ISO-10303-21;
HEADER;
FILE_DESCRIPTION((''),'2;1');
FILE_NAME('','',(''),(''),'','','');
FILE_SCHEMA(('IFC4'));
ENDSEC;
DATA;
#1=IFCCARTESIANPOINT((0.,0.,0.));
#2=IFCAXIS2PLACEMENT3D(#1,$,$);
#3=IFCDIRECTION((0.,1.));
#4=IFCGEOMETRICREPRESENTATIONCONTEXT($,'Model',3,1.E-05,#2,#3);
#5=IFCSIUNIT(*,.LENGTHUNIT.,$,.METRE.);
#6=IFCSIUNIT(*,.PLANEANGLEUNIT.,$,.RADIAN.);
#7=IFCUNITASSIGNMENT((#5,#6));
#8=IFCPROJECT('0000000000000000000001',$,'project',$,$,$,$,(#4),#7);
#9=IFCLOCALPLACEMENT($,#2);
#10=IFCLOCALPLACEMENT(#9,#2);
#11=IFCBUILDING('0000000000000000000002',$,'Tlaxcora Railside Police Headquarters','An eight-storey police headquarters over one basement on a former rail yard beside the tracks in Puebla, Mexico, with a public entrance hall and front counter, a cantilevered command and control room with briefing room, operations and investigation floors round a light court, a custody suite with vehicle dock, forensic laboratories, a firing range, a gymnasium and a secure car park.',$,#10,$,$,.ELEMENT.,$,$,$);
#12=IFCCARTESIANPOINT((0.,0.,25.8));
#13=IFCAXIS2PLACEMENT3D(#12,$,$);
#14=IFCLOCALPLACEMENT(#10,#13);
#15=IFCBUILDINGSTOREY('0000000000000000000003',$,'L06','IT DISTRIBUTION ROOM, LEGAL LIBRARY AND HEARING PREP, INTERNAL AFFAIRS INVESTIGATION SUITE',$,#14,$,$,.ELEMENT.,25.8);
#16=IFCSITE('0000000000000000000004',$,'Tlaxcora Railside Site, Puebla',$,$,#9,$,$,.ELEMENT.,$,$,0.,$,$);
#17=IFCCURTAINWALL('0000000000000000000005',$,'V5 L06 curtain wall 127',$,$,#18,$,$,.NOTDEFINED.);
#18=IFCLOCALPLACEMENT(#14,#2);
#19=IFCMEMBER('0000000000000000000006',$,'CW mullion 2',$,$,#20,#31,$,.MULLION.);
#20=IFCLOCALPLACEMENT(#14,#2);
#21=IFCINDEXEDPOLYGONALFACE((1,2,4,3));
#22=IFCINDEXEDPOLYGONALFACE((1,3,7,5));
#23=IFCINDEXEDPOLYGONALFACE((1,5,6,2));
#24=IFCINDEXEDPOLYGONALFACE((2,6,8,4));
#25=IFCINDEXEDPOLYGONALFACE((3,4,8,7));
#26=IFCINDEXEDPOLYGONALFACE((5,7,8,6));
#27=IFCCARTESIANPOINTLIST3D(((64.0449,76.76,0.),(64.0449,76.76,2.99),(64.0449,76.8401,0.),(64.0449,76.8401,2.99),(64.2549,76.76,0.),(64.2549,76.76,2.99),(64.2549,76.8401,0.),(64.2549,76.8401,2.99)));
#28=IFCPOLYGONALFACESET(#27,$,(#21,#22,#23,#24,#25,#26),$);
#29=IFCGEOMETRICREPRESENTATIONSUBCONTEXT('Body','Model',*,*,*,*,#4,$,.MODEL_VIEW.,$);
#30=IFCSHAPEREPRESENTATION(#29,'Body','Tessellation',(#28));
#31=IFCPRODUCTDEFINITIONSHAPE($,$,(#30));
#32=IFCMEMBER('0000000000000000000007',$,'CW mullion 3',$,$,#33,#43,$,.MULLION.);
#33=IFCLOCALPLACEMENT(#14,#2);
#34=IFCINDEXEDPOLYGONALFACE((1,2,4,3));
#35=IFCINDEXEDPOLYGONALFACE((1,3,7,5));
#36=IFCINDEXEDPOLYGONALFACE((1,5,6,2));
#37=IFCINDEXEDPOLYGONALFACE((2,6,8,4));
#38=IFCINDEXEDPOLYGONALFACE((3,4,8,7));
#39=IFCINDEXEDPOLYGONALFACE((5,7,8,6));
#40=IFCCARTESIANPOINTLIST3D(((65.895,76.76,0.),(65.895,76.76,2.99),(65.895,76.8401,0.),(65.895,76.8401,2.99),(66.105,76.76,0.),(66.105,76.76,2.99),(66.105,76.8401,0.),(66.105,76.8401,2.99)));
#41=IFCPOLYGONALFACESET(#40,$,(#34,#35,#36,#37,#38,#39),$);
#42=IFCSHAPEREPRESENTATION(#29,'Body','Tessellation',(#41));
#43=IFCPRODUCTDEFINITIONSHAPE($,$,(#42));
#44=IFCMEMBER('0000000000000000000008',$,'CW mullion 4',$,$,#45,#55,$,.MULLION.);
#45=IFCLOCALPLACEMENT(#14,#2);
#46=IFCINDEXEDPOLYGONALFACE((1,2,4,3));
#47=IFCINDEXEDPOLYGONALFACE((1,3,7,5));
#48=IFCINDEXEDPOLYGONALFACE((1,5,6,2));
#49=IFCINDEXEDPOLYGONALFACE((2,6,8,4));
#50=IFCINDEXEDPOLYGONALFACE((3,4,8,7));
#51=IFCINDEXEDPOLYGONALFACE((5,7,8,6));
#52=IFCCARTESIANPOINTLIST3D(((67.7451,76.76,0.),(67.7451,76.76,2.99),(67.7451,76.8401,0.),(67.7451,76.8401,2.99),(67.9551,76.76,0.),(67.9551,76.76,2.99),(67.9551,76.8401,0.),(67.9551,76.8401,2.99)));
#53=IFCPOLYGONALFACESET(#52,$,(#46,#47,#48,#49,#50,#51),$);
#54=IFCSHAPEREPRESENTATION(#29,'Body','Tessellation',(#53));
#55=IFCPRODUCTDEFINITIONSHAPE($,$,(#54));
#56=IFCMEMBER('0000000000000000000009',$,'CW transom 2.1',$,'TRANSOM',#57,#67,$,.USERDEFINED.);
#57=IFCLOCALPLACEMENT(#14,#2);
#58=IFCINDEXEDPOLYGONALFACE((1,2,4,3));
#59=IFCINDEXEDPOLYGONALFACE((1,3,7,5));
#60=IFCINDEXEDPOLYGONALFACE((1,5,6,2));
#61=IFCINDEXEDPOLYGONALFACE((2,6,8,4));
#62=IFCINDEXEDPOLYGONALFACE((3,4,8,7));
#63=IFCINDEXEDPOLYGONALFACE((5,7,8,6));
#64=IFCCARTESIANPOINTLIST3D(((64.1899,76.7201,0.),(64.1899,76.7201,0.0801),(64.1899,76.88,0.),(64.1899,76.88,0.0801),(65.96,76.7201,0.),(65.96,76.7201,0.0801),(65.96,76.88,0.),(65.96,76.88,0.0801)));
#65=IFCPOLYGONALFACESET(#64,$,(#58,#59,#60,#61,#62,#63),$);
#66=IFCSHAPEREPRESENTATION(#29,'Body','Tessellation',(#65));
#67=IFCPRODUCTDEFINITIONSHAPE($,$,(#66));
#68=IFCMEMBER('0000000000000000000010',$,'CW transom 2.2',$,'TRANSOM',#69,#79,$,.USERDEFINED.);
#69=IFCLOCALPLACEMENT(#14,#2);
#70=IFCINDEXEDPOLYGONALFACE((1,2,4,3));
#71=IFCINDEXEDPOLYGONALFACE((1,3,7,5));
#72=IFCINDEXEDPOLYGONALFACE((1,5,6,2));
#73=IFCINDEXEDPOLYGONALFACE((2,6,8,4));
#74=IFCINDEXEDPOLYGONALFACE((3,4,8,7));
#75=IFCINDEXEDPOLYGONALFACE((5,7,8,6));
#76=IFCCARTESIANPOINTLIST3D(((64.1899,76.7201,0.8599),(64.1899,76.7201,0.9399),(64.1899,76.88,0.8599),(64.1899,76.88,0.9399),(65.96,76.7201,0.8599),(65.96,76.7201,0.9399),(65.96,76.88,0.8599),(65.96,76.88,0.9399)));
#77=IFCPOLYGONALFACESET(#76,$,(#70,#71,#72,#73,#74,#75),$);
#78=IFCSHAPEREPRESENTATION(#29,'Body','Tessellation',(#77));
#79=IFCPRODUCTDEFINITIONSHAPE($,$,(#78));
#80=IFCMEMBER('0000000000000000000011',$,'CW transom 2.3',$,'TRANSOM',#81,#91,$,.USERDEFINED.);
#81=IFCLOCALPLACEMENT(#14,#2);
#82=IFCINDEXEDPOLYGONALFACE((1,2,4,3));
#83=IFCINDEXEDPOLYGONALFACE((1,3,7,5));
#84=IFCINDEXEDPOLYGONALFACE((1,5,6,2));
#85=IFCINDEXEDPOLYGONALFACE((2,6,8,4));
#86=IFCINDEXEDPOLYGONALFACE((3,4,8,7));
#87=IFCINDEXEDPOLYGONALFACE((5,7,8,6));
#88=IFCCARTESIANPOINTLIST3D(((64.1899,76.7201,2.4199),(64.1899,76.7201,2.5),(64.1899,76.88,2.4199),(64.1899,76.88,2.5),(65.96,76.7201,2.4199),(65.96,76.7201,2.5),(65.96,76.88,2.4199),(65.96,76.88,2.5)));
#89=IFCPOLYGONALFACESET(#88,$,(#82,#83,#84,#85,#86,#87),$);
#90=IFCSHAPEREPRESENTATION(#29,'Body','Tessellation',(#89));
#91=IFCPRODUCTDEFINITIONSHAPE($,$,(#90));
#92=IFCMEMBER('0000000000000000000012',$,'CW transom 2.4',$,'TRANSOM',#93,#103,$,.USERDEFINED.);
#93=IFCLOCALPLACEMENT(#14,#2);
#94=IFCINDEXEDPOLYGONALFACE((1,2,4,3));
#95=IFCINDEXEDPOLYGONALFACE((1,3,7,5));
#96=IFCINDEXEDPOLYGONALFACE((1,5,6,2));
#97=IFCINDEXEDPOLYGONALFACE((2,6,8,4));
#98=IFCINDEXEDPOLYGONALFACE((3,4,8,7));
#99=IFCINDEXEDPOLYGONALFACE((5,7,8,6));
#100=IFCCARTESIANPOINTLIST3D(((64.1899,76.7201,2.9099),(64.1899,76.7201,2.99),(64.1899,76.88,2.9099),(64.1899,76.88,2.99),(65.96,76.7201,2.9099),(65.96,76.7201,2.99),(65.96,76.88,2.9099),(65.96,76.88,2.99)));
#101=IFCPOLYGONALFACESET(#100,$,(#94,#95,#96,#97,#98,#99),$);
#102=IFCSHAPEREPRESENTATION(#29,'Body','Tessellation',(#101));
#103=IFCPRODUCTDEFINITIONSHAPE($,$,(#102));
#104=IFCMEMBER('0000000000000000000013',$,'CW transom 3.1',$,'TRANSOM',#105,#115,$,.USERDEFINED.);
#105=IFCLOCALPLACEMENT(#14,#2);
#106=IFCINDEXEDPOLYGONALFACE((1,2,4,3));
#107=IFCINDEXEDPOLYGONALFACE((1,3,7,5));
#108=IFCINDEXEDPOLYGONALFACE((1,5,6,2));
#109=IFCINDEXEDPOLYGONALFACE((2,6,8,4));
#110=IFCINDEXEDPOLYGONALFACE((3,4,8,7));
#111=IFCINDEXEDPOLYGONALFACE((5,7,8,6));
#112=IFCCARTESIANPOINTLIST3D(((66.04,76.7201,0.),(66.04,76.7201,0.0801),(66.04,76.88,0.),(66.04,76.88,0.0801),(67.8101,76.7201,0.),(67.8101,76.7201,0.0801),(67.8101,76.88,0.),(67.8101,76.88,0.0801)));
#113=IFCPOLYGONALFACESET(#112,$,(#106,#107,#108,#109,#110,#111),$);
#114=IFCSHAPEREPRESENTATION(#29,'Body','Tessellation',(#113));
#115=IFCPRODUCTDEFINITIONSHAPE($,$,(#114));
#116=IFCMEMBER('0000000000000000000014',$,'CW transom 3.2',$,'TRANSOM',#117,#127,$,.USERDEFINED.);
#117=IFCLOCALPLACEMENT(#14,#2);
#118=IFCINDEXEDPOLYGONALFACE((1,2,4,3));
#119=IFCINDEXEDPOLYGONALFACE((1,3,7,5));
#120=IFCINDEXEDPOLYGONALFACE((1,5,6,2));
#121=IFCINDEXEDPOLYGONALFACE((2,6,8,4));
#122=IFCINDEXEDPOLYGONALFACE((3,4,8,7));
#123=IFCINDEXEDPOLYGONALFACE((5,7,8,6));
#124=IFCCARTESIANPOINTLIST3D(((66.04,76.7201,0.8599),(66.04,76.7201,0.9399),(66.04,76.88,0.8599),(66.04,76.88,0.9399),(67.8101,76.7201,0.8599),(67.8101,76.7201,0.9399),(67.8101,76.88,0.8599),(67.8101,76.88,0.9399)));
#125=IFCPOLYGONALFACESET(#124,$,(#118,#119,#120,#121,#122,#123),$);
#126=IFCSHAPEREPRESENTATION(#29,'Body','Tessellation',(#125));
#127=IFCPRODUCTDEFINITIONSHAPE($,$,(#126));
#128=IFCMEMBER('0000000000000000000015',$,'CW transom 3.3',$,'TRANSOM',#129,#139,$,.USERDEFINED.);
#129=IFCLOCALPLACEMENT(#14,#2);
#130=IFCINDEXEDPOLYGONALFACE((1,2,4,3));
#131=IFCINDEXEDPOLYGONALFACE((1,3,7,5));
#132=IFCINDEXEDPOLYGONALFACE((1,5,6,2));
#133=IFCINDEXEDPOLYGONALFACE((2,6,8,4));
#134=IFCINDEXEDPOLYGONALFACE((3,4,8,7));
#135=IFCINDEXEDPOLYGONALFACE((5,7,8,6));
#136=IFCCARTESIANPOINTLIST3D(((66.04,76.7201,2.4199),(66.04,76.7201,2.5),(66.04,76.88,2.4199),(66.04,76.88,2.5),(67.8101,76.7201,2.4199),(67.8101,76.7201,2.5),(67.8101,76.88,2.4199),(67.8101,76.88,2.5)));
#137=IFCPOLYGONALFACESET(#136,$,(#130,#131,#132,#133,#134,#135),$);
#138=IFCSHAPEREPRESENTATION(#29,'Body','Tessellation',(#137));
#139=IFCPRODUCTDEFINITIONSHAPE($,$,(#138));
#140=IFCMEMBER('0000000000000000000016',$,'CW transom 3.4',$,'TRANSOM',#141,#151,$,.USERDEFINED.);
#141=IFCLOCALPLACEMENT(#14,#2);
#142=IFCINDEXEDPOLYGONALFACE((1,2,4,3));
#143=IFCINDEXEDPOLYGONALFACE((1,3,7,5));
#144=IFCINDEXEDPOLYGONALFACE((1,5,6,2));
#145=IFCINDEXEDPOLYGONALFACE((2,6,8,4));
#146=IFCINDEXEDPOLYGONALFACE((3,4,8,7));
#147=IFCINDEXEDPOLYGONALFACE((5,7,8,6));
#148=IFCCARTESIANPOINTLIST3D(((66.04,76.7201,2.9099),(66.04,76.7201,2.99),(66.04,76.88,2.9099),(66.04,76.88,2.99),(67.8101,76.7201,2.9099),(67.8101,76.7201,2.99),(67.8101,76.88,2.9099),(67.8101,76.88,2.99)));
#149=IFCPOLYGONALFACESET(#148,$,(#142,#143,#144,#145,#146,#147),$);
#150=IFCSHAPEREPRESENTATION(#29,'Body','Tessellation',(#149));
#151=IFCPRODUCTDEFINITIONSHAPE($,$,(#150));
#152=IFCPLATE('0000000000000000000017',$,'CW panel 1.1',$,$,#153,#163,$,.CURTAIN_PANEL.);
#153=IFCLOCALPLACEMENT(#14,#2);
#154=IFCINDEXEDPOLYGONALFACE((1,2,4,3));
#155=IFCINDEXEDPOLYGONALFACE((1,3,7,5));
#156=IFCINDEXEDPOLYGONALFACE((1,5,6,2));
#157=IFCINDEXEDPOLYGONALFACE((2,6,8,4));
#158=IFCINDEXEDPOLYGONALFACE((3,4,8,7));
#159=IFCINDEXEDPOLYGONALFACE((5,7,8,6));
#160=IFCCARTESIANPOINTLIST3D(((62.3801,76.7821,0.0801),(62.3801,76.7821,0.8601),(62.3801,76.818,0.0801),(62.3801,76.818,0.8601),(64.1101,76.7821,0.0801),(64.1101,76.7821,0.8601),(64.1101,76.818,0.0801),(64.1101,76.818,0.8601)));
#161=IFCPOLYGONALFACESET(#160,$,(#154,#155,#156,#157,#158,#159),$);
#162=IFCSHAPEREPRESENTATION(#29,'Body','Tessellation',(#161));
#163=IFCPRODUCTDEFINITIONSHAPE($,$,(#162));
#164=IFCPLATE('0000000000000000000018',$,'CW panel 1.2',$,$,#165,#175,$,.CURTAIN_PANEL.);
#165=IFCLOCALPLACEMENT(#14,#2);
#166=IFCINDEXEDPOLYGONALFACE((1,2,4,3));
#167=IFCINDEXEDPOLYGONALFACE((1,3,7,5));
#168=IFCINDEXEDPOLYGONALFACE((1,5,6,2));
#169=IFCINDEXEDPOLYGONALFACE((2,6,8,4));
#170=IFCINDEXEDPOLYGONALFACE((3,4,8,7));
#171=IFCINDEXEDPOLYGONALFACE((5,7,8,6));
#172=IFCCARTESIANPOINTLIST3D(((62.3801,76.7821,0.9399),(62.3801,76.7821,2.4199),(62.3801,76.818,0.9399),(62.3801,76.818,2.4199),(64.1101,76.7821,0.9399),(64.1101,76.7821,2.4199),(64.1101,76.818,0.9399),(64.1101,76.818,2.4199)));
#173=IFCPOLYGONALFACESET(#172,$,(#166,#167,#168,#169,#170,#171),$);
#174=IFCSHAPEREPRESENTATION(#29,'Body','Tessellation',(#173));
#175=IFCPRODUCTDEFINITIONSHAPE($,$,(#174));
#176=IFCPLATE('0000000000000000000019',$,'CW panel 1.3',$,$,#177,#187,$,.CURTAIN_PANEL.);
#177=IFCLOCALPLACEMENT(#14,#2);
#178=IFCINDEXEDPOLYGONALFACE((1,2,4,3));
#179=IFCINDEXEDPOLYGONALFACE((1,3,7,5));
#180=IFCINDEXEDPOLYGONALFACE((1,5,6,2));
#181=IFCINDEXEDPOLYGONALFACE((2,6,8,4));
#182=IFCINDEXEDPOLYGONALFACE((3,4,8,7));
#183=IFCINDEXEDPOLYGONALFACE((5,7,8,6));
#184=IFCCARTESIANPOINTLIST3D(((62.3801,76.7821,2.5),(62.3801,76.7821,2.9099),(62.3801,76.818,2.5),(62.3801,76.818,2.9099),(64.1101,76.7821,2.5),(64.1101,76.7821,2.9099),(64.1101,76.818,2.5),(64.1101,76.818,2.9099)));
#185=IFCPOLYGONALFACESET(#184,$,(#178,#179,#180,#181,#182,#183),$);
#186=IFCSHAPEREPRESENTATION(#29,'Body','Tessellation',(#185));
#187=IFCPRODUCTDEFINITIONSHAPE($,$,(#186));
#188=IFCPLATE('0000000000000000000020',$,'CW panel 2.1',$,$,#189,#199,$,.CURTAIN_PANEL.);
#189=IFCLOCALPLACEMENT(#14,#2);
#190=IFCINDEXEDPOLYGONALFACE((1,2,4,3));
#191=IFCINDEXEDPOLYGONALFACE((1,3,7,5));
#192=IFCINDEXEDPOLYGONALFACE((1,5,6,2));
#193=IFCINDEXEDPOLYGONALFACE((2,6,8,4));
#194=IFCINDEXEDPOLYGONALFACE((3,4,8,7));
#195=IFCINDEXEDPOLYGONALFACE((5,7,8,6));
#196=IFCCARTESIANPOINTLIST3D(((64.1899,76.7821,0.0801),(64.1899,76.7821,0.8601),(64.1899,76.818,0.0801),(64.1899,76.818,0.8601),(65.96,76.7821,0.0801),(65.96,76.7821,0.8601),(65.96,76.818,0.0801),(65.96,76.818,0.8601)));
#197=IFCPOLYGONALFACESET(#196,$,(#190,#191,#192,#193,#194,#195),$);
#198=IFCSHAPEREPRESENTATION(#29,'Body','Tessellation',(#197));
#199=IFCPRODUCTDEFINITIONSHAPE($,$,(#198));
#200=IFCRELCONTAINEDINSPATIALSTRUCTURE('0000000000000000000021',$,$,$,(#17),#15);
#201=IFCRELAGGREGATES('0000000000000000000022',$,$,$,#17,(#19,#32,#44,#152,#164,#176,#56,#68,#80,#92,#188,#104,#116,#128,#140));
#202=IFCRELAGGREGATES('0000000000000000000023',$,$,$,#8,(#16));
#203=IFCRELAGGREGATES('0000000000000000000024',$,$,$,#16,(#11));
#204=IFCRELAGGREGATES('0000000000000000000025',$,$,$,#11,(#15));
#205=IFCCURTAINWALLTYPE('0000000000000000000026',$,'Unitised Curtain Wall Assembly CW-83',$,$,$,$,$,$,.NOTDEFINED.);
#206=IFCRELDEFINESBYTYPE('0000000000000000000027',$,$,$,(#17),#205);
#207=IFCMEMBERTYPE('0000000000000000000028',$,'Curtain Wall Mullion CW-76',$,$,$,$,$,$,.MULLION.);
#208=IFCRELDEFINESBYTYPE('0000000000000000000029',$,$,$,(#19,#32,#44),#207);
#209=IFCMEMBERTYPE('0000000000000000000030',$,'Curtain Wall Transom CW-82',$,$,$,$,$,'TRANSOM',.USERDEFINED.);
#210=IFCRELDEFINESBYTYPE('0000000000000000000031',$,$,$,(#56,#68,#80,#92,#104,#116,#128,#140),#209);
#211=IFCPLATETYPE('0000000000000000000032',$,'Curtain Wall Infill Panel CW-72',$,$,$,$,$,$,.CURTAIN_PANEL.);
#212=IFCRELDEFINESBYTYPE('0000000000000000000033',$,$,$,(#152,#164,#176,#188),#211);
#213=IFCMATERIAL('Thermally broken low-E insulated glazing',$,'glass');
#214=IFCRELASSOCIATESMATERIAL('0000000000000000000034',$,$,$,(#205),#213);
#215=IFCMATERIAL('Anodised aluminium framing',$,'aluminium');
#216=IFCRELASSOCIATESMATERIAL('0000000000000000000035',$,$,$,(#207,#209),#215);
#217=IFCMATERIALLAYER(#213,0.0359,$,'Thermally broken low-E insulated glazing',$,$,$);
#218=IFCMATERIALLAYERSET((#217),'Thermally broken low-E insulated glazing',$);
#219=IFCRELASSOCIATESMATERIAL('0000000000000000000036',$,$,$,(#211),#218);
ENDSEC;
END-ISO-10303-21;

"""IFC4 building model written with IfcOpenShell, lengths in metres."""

from ifc_helpers import new_model, si_unit, direction, frame, origin, origin_2d, place, context, subcontext, project, spatial, rectangle, extrude, material, layer, layer_set, material_profile, profile_set, type_object, element, aggregate, save


model = new_model("IFC4")

# Units and contexts
model_context = context("Model", 3, precision=1e-05, world=origin(), true_north=direction((0.0, 1.0)))
body_context = subcontext(model_context, "Body", "Model", "MODEL_VIEW")
ifc_project = project(units=[si_unit("LENGTHUNIT", "METRE"), si_unit("PLANEANGLEUNIT", "RADIAN")], contexts=[model_context])

# Site, building, storey
site_placement = place(None, origin())
site = spatial("IfcSite", under=ifc_project, at=site_placement, Name="Tlaxcora Railside Site, Puebla", CompositionType="ELEMENT", RefElevation=0.0)
building_placement = place(site_placement, origin())
building = spatial("IfcBuilding", under=site, at=building_placement, Name="Tlaxcora Railside Police Headquarters", Description="An eight-storey police headquarters over one basement on a former rail yard beside the tracks in Puebla, Mexico, with a public entrance hall and front counter, a cantilevered command and control room with briefing room, operations and investigation floors round a light court, a custody suite with vehicle dock, forensic laboratories, a firing range, a gymnasium and a secure car park.", CompositionType="ELEMENT")
storey_placement = place(building_placement, frame((0.0, 0.0, 25.8)))
storey = spatial("IfcBuildingStorey", under=building, at=storey_placement, Name="L06", Description="IT DISTRIBUTION ROOM, LEGAL LIBRARY AND HEARING PREP, INTERNAL AFFAIRS INVESTIGATION SUITE", CompositionType="ELEMENT", Elevation=25.8)

# Curtain wall, members, plates
ifc_material_1 = material(Name="Thermally broken low-E insulated glazing", Category="glass")
curtain_wall_type = type_object("IfcCurtainWallType", Name="Unitised Curtain Wall Assembly CW-83", PredefinedType="NOTDEFINED", material=ifc_material_1)
curtain_wall_placement = place(storey_placement, origin())
curtain_wall = element("IfcCurtainWall", 1, at=curtain_wall_placement, inside=storey, type_object=curtain_wall_type, Name="V5 L06 curtain wall 127", PredefinedType="NOTDEFINED")
ifc_material_2 = material(Name="Anodised aluminium framing", Category="aluminium")
ifc_material_profile_1 = material_profile(ifc_material_2, rectangle(XDim=0.0801, YDim=0.21, at=origin_2d()), Name="AL80X210")
ifc_profile_set_1 = profile_set([ifc_material_profile_1], Name="Anodised aluminium framing")
member_type_1 = type_object("IfcMemberType", Name="Curtain Wall Mullion CW-76", PredefinedType="MULLION", material=ifc_profile_set_1)
member_1_placement = place(storey_placement, frame((64.1499, 76.8, 0.0), z_axis=(0.0, 0.0, 1.0), x_axis=(0.0, 1.0, 0.0)))
member_1 = element("IfcMember", 2, at=member_1_placement, type_object=member_type_1, Name="CW mullion 2", PredefinedType="MULLION", context=body_context, shape_type="SweptSolid", body=[
    extrude(rectangle(XDim=0.0801, YDim=0.21, at=origin_2d()), origin(), (0.0, 0.0, 1.0), 2.99),
])
member_2_placement = place(storey_placement, frame((66.0, 76.8, 0.0), z_axis=(0.0, 0.0, 1.0), x_axis=(0.0, 1.0, 0.0)))
member_2 = element("IfcMember", 3, at=member_2_placement, type_object=member_type_1, Name="CW mullion 3", PredefinedType="MULLION", context=body_context, shape_type="SweptSolid", body=[
    extrude(rectangle(XDim=0.0801, YDim=0.21, at=origin_2d()), origin(), (0.0, 0.0, 1.0), 2.99),
])
member_3_placement = place(storey_placement, frame((67.8501, 76.8, 0.0), z_axis=(0.0, 0.0, 1.0), x_axis=(0.0, 1.0, 0.0)))
member_3 = element("IfcMember", 4, at=member_3_placement, type_object=member_type_1, Name="CW mullion 4", PredefinedType="MULLION", context=body_context, shape_type="SweptSolid", body=[
    extrude(rectangle(XDim=0.0801, YDim=0.21, at=origin_2d()), origin(), (0.0, 0.0, 1.0), 2.99),
])
ifc_material_profile_2 = material_profile(ifc_material_2, rectangle(XDim=0.1599, YDim=0.0801, at=origin_2d()), Name="AL80X160")
ifc_profile_set_2 = profile_set([ifc_material_profile_2], Name="Anodised aluminium framing")
member_type_2 = type_object("IfcMemberType", Name="Curtain Wall Transom CW-82", ElementType="TRANSOM", PredefinedType="USERDEFINED", material=ifc_profile_set_2)
member_4_placement = place(storey_placement, frame((64.1899, 76.8, 0.04), z_axis=(1.0, 0.0, 0.0), x_axis=(0.0, 1.0, 0.0)))
member_4 = element("IfcMember", 5, at=member_4_placement, type_object=member_type_2, Name="CW transom 2.1", ObjectType="TRANSOM", PredefinedType="USERDEFINED", context=body_context, shape_type="SweptSolid", body=[
    extrude(rectangle(XDim=0.1599, YDim=0.0801, at=origin_2d()), origin(), (0.0, 0.0, 1.0), 1.77),
])
member_5_placement = place(storey_placement, frame((64.1899, 76.8, 0.8999), z_axis=(1.0, 0.0, 0.0), x_axis=(0.0, 1.0, 0.0)))
member_5 = element("IfcMember", 6, at=member_5_placement, type_object=member_type_2, Name="CW transom 2.2", ObjectType="TRANSOM", PredefinedType="USERDEFINED", context=body_context, shape_type="SweptSolid", body=[
    extrude(rectangle(XDim=0.1599, YDim=0.0801, at=origin_2d()), origin(), (0.0, 0.0, 1.0), 1.77),
])
member_6_placement = place(storey_placement, frame((64.1899, 76.8, 2.46), z_axis=(1.0, 0.0, 0.0), x_axis=(0.0, 1.0, 0.0)))
member_6 = element("IfcMember", 7, at=member_6_placement, type_object=member_type_2, Name="CW transom 2.3", ObjectType="TRANSOM", PredefinedType="USERDEFINED", context=body_context, shape_type="SweptSolid", body=[
    extrude(rectangle(XDim=0.1599, YDim=0.0801, at=origin_2d()), origin(), (0.0, 0.0, 1.0), 1.77),
])
member_7_placement = place(storey_placement, frame((64.1899, 76.8, 2.95), z_axis=(1.0, 0.0, 0.0), x_axis=(0.0, 1.0, 0.0)))
member_7 = element("IfcMember", 8, at=member_7_placement, type_object=member_type_2, Name="CW transom 2.4", ObjectType="TRANSOM", PredefinedType="USERDEFINED", context=body_context, shape_type="SweptSolid", body=[
    extrude(rectangle(XDim=0.1599, YDim=0.0801, at=origin_2d()), origin(), (0.0, 0.0, 1.0), 1.77),
])
member_8_placement = place(storey_placement, frame((66.04, 76.8, 0.04), z_axis=(1.0, 0.0, 0.0), x_axis=(0.0, 1.0, 0.0)))
member_8 = element("IfcMember", 9, at=member_8_placement, type_object=member_type_2, Name="CW transom 3.1", ObjectType="TRANSOM", PredefinedType="USERDEFINED", context=body_context, shape_type="SweptSolid", body=[
    extrude(rectangle(XDim=0.1599, YDim=0.0801, at=origin_2d()), origin(), (0.0, 0.0, 1.0), 1.77),
])
member_9_placement = place(storey_placement, frame((66.04, 76.8, 0.8999), z_axis=(1.0, 0.0, 0.0), x_axis=(0.0, 1.0, 0.0)))
member_9 = element("IfcMember", 10, at=member_9_placement, type_object=member_type_2, Name="CW transom 3.2", ObjectType="TRANSOM", PredefinedType="USERDEFINED", context=body_context, shape_type="SweptSolid", body=[
    extrude(rectangle(XDim=0.1599, YDim=0.0801, at=origin_2d()), origin(), (0.0, 0.0, 1.0), 1.77),
])
member_10_placement = place(storey_placement, frame((66.04, 76.8, 2.46), z_axis=(1.0, 0.0, 0.0), x_axis=(0.0, 1.0, 0.0)))
member_10 = element("IfcMember", 11, at=member_10_placement, type_object=member_type_2, Name="CW transom 3.3", ObjectType="TRANSOM", PredefinedType="USERDEFINED", context=body_context, shape_type="SweptSolid", body=[
    extrude(rectangle(XDim=0.1599, YDim=0.0801, at=origin_2d()), origin(), (0.0, 0.0, 1.0), 1.77),
])
member_11_placement = place(storey_placement, frame((66.04, 76.8, 2.95), z_axis=(1.0, 0.0, 0.0), x_axis=(0.0, 1.0, 0.0)))
member_11 = element("IfcMember", 12, at=member_11_placement, type_object=member_type_2, Name="CW transom 3.4", ObjectType="TRANSOM", PredefinedType="USERDEFINED", context=body_context, shape_type="SweptSolid", body=[
    extrude(rectangle(XDim=0.1599, YDim=0.0801, at=origin_2d()), origin(), (0.0, 0.0, 1.0), 1.77),
])
ifc_layer_1 = layer(ifc_material_1, 0.0359, Name="Thermally broken low-E insulated glazing")
ifc_layer_set_1 = layer_set([ifc_layer_1], Name="Thermally broken low-E insulated glazing")
plate_type = type_object("IfcPlateType", Name="Curtain Wall Infill Panel CW-72", PredefinedType="CURTAIN_PANEL", material=ifc_layer_set_1)
plate_1_placement = place(storey_placement, frame((63.2451, 76.8, 0.0801), z_axis=(0.0, 0.0, 1.0), x_axis=(1.0, 0.0, 0.0)))
plate_1 = element("IfcPlate", 13, at=plate_1_placement, type_object=plate_type, Name="CW panel 1.1", PredefinedType="CURTAIN_PANEL", context=body_context, shape_type="SweptSolid", body=[
    extrude(rectangle(XDim=1.73, YDim=0.0359, at=origin_2d()), origin(), (0.0, 0.0, 1.0), 0.78),
])
plate_2_placement = place(storey_placement, frame((63.2451, 76.8, 0.9399), z_axis=(0.0, 0.0, 1.0), x_axis=(1.0, 0.0, 0.0)))
plate_2 = element("IfcPlate", 14, at=plate_2_placement, type_object=plate_type, Name="CW panel 1.2", PredefinedType="CURTAIN_PANEL", context=body_context, shape_type="SweptSolid", body=[
    extrude(rectangle(XDim=1.73, YDim=0.0359, at=origin_2d()), origin(), (0.0, 0.0, 1.0), 1.48),
])
plate_3_placement = place(storey_placement, frame((63.2451, 76.8, 2.5), z_axis=(0.0, 0.0, 1.0), x_axis=(1.0, 0.0, 0.0)))
plate_3 = element("IfcPlate", 15, at=plate_3_placement, type_object=plate_type, Name="CW panel 1.3", PredefinedType="CURTAIN_PANEL", context=body_context, shape_type="SweptSolid", body=[
    extrude(rectangle(XDim=1.73, YDim=0.0359, at=origin_2d()), origin(), (0.0, 0.0, 1.0), 0.4099),
])
plate_4_placement = place(storey_placement, frame((65.075, 76.8, 0.0801), z_axis=(0.0, 0.0, 1.0), x_axis=(1.0, 0.0, 0.0)))
plate_4 = element("IfcPlate", 16, at=plate_4_placement, type_object=plate_type, Name="CW panel 2.1", PredefinedType="CURTAIN_PANEL", context=body_context, shape_type="SweptSolid", body=[
    extrude(rectangle(XDim=1.77, YDim=0.0359, at=origin_2d()), origin(), (0.0, 0.0, 1.0), 0.78),
])
aggregate(curtain_wall, [member_1, member_2, member_3, plate_1, plate_2, plate_3, member_4, member_5, member_6, member_7, plate_4, member_8, member_9, member_10, member_11])

save(model, "model.ifc")
